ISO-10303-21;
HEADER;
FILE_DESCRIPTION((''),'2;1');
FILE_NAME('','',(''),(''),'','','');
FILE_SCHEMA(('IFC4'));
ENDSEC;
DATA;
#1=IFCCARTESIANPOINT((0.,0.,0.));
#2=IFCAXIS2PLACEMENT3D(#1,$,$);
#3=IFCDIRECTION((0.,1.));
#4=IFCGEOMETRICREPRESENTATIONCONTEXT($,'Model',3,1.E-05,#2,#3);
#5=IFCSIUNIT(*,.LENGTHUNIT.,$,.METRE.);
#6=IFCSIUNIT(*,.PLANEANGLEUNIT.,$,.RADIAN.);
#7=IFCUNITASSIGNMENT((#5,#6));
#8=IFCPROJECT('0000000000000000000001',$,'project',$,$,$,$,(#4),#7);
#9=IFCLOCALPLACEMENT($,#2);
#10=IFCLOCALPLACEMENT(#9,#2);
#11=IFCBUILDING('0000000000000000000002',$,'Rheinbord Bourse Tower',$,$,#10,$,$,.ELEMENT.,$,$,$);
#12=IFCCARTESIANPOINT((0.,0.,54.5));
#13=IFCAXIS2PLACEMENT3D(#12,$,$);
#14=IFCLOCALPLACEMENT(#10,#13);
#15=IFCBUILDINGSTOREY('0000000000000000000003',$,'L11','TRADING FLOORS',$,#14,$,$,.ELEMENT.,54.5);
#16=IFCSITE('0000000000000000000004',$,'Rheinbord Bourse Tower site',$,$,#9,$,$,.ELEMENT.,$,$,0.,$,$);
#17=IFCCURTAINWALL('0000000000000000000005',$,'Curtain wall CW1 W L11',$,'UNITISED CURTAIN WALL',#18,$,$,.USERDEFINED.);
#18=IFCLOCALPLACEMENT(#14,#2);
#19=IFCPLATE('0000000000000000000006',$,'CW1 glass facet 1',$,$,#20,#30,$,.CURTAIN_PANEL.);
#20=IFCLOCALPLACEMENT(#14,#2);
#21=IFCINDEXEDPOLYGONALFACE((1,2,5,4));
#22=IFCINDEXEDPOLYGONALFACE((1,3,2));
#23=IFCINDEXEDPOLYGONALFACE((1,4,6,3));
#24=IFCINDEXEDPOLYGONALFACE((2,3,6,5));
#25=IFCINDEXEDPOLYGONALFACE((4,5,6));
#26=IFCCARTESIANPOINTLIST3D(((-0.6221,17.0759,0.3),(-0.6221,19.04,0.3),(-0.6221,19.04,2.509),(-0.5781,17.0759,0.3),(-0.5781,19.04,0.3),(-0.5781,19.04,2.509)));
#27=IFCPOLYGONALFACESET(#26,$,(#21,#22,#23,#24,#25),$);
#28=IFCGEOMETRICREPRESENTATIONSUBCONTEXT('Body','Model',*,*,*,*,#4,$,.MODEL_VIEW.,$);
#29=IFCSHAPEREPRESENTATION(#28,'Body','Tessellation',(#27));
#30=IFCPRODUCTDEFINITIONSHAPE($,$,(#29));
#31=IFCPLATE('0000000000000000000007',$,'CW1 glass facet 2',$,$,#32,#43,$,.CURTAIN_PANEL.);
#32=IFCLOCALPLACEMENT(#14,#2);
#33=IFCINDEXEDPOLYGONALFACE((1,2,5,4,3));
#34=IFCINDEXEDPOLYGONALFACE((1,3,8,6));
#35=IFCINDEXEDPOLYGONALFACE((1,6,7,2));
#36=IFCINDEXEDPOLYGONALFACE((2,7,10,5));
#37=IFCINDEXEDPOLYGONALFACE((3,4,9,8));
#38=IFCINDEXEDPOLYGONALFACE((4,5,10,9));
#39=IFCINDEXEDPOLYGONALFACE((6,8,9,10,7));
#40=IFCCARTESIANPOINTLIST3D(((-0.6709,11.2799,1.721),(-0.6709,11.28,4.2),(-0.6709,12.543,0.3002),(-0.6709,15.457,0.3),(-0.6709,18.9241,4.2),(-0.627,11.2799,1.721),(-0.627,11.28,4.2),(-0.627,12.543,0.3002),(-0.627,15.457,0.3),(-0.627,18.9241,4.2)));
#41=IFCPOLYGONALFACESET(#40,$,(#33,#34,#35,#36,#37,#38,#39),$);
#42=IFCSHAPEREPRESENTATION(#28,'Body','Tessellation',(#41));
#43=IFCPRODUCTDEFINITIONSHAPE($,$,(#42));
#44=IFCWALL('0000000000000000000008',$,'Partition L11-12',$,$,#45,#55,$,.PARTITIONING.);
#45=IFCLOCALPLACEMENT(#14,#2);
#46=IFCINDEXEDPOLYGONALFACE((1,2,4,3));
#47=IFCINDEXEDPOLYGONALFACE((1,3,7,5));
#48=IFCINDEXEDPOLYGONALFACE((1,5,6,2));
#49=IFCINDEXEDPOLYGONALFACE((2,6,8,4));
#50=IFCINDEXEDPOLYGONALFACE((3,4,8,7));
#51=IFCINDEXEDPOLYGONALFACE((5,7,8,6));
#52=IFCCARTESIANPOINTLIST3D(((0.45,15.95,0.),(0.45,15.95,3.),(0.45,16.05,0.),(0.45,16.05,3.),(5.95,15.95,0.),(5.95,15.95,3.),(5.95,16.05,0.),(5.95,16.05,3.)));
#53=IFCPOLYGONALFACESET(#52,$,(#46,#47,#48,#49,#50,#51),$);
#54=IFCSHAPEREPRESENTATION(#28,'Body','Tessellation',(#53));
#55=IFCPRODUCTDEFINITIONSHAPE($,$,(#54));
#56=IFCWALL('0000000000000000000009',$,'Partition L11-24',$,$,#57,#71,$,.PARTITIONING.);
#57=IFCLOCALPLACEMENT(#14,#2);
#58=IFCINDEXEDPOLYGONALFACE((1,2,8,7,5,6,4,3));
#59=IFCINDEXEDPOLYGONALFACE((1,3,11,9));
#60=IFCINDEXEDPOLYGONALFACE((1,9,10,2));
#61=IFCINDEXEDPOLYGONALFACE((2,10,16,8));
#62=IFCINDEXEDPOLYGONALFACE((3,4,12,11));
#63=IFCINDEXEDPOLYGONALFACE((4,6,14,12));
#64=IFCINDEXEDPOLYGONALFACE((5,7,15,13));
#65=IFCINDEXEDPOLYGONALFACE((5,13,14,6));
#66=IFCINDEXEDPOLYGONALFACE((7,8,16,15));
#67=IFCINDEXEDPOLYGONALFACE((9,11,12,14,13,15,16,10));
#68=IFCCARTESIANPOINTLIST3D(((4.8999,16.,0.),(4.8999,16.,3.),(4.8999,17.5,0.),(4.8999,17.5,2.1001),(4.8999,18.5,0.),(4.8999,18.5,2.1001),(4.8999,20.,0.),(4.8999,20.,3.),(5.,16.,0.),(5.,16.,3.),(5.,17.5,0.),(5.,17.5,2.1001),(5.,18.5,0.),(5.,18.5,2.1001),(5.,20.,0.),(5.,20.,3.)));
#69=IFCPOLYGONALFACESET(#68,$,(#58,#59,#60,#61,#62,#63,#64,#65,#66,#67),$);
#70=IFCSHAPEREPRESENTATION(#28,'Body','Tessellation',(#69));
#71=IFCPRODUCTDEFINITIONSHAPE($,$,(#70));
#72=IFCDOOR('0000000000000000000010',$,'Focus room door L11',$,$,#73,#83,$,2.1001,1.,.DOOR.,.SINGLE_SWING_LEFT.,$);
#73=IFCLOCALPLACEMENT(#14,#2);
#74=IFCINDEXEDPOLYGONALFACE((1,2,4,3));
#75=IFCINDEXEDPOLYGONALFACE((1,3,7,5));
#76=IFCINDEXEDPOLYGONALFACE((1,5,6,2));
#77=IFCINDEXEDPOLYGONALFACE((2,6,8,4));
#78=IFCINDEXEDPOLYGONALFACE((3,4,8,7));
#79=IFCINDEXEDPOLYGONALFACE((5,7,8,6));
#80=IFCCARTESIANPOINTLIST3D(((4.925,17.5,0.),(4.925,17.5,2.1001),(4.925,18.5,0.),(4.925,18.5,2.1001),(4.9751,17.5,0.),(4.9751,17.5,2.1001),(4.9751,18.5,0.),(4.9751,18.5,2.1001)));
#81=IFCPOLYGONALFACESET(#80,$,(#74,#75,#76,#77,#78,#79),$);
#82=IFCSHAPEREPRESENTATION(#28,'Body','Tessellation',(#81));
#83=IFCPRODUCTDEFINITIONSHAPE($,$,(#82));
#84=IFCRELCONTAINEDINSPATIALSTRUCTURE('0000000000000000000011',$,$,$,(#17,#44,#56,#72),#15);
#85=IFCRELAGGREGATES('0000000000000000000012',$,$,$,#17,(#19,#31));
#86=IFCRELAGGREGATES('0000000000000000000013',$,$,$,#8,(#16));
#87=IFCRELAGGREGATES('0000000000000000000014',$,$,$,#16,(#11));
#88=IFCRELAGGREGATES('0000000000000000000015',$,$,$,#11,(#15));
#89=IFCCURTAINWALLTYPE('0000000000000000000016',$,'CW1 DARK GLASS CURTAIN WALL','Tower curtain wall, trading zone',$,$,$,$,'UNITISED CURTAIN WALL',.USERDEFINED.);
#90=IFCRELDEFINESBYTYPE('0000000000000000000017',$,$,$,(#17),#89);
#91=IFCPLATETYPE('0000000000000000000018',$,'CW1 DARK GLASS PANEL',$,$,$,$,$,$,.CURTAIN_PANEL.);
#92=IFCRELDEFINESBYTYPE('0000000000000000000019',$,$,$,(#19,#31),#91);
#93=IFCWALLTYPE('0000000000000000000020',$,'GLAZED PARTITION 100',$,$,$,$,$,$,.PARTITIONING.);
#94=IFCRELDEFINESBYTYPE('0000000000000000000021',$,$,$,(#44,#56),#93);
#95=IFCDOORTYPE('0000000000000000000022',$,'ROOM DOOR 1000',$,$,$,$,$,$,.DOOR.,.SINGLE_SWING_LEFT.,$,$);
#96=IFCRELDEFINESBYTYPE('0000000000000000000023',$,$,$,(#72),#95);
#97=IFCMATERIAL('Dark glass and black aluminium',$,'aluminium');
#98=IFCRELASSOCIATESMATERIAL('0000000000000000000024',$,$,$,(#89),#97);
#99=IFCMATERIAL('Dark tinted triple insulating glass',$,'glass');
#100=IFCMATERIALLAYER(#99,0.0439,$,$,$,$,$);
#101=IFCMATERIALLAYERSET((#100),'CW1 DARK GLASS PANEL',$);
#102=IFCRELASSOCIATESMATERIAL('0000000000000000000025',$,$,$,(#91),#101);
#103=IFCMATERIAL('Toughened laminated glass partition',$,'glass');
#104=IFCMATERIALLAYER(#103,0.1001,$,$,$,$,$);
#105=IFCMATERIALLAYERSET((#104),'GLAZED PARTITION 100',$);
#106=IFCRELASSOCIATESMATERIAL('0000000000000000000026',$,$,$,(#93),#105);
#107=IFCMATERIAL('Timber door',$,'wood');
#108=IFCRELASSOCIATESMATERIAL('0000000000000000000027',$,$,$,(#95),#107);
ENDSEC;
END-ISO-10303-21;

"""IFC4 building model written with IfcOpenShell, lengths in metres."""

from ifc_helpers import new_model, si_unit, direction, frame, frame_2d, origin, place, context, subcontext, project, spatial, polyline, rectangle, outline, extrude, material, layer, layer_set, type_object, element, fill, aggregate, save


model = new_model("IFC4")

# Units and contexts
model_context = context("Model", 3, precision=1e-05, world=origin(), true_north=direction((0.0, 1.0)))
body_context = subcontext(model_context, "Body", "Model", "MODEL_VIEW")
ifc_project = project(units=[si_unit("LENGTHUNIT", "METRE"), si_unit("PLANEANGLEUNIT", "RADIAN")], contexts=[model_context])

# Site, building, storey
site_placement = place(None, origin())
site = spatial("IfcSite", under=ifc_project, at=site_placement, Name="Rheinbord Bourse Tower site", CompositionType="ELEMENT", RefElevation=0.0)
building_placement = place(site_placement, origin())
building = spatial("IfcBuilding", under=site, at=building_placement, Name="Rheinbord Bourse Tower", CompositionType="ELEMENT")
storey_placement = place(building_placement, frame((0.0, 0.0, 54.5)))
storey = spatial("IfcBuildingStorey", under=building, at=storey_placement, Name="L11", Description="TRADING FLOORS", CompositionType="ELEMENT", Elevation=54.5)

# Curtain wall
ifc_material_1 = material(Name="Dark glass and black aluminium", Category="aluminium")
curtain_wall_type = type_object("IfcCurtainWallType", Name="CW1 DARK GLASS CURTAIN WALL", Description="Tower curtain wall, trading zone", ElementType="UNITISED CURTAIN WALL", PredefinedType="USERDEFINED", material=ifc_material_1)
curtain_wall_placement = place(storey_placement, origin())
curtain_wall = element("IfcCurtainWall", 1, at=curtain_wall_placement, inside=storey, type_object=curtain_wall_type, Name="Curtain wall CW1 W L11", ObjectType="UNITISED CURTAIN WALL", PredefinedType="USERDEFINED")

# Plates
ifc_material_2 = material(Name="Dark tinted triple insulating glass", Category="glass")
ifc_layer_1 = layer(ifc_material_2, 0.0439)
ifc_layer_set_1 = layer_set([ifc_layer_1], Name="CW1 DARK GLASS PANEL")
plate_type = type_object("IfcPlateType", Name="CW1 DARK GLASS PANEL", PredefinedType="CURTAIN_PANEL", material=ifc_layer_set_1)
plate_1_placement = place(storey_placement, frame((-0.6221, 19.04, 0.3), z_axis=(1.0, 0.0, 0.0), x_axis=(0.0, 0.0, 1.0)))
plate_1 = element("IfcPlate", 2, at=plate_1_placement, type_object=plate_type, Name="CW1 glass facet 1", PredefinedType="CURTAIN_PANEL", context=body_context, shape_type="SweptSolid", body=[
    extrude(outline(polyline([(0.0, 0.0), (2.209, 0.0), (0.0, 1.9641), (0.0, 0.0)])), origin(), (0.0, 0.0, 1.0), 0.0439),
])
plate_2_placement = place(storey_placement, frame((-0.6709, 15.457, 0.3), z_axis=(1.0, 0.0, 0.0), x_axis=(0.0, 0.664413, 0.747365)))
plate_2 = element("IfcPlate", 3, at=plate_2_placement, type_object=plate_type, Name="CW1 glass facet 2", PredefinedType="CURTAIN_PANEL", context=body_context, shape_type="SweptSolid", body=[
    extrude(outline(polyline([(0.0, 0.0), (5.2183, 0.0), (0.1394, 5.7129), (-1.7134, 4.0659), (-1.936, 2.178), (0.0, 0.0)])), origin(), (0.0, 0.0, 1.0), 0.0439),
])
aggregate(curtain_wall, [plate_1, plate_2])

# Wall
ifc_material_3 = material(Name="Toughened laminated glass partition", Category="glass")
ifc_layer_2 = layer(ifc_material_3, 0.1001)
ifc_layer_set_2 = layer_set([ifc_layer_2], Name="GLAZED PARTITION 100")
wall_type = type_object("IfcWallType", Name="GLAZED PARTITION 100", PredefinedType="PARTITIONING", material=ifc_layer_set_2)
wall_1_placement = place(storey_placement, frame((0.45, 16.0, 0.0), z_axis=(0.0, 0.0, 1.0), x_axis=(1.0, 0.0, 0.0)))
element("IfcWall", 4, at=wall_1_placement, inside=storey, type_object=wall_type, Name="Partition L11-12", PredefinedType="PARTITIONING", context=body_context, shape_type="SweptSolid", body=[
    extrude(rectangle(XDim=5.5, YDim=0.1001, at=frame_2d((2.75, 0.0))), origin(), (0.0, 0.0, 1.0), 3.0),
])

# Wall, opening, door
wall_2_placement = place(storey_placement, frame((4.95, 16.0, 0.0), z_axis=(0.0, 0.0, 1.0), x_axis=(0.0, 1.0, 0.0)))
wall_2 = element("IfcWall", 5, at=wall_2_placement, inside=storey, type_object=wall_type, Name="Partition L11-24", PredefinedType="PARTITIONING", context=body_context, shape_type="SweptSolid", body=[
    extrude(rectangle(XDim=4.0, YDim=0.1001, at=frame_2d((2.0, 0.0))), origin(), (0.0, 0.0, 1.0), 3.0),
])
opening_placement = place(wall_2_placement, frame((1.5, 0.0, 0.0)))
opening = element("IfcOpeningElement", 6, at=opening_placement, cuts=wall_2, PredefinedType="OPENING", context=body_context, shape_type="SweptSolid", body=[
    extrude(rectangle(XDim=1.0, YDim=2.1001, at=frame_2d((0.5, 1.05))), frame((0.0, 0.0601, 0.0), z_axis=(0.0, -1.0, 0.0), x_axis=(1.0, 0.0, 0.0)), (0.0, 0.0, 1.0), 0.1201),
])
ifc_material_4 = material(Name="Timber door", Category="wood")
door_type = type_object("IfcDoorType", Name="ROOM DOOR 1000", OperationType="SINGLE_SWING_LEFT", PredefinedType="DOOR", material=ifc_material_4)
door_placement = place(opening_placement, origin())
door = element("IfcDoor", 7, at=door_placement, inside=storey, type_object=door_type, Name="Focus room door L11", OperationType="SINGLE_SWING_LEFT", OverallHeight=2.1001, OverallWidth=1.0, PredefinedType="DOOR", context=body_context, shape_type="SweptSolid", body=[
    extrude(rectangle(XDim=1.0, YDim=2.1001, at=frame_2d((0.5, 1.05))), frame((0.0, 0.0249, 0.0), z_axis=(0.0, -1.0, 0.0), x_axis=(1.0, 0.0, 0.0)), (0.0, 0.0, 1.0), 0.05),
])
fill(opening, door)

save(model, "model.ifc")
